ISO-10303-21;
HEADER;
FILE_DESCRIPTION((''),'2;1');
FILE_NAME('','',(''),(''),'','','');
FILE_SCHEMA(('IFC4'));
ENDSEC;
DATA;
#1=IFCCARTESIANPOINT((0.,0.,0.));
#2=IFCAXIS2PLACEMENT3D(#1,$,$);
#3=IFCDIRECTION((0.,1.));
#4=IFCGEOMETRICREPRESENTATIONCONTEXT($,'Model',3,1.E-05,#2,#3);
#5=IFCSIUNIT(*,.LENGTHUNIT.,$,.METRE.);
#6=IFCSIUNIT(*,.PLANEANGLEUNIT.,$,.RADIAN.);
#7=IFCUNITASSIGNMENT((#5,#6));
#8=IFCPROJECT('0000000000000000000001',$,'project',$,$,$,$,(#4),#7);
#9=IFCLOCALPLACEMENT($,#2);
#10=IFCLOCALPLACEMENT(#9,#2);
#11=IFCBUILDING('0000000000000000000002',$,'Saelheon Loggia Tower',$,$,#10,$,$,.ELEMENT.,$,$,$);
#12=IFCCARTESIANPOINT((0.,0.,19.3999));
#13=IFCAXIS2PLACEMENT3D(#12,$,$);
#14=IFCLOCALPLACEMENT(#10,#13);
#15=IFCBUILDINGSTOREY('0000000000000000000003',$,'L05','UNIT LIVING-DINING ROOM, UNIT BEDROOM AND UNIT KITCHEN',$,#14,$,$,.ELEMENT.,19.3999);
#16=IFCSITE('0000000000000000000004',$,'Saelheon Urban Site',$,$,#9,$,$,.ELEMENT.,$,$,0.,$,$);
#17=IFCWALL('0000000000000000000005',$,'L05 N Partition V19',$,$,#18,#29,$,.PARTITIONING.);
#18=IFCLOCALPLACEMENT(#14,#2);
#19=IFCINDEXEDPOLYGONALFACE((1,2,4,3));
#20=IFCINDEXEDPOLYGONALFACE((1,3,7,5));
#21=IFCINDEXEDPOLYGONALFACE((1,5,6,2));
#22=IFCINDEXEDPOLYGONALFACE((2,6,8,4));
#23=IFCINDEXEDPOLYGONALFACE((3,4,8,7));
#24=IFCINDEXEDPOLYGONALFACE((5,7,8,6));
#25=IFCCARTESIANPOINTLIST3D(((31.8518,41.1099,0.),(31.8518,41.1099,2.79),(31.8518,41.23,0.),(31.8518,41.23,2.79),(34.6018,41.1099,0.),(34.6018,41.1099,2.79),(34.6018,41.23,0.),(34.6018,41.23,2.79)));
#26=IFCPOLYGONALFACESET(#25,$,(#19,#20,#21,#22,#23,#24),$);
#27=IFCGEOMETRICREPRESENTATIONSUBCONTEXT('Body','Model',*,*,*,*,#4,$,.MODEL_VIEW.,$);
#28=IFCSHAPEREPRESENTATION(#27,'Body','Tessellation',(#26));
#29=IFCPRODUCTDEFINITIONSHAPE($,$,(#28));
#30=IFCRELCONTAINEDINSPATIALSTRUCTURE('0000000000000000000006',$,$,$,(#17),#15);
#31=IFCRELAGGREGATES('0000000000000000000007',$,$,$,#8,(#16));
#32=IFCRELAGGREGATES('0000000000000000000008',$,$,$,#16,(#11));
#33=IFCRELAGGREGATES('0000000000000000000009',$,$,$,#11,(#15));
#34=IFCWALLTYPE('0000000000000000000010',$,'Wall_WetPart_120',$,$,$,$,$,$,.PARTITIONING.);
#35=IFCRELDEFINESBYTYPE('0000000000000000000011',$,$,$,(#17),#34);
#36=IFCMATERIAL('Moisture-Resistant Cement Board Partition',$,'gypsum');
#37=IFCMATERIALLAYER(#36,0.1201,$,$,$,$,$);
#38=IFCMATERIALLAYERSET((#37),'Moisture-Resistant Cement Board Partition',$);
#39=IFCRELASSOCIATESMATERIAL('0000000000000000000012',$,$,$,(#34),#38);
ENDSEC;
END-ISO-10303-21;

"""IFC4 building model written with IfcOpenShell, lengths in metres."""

from ifc_helpers import new_model, si_unit, direction, frame, frame_2d, origin, place, context, subcontext, project, spatial, rectangle, extrude, material, layer, layer_set, type_object, element, save


model = new_model("IFC4")

# Units and contexts
model_context = context("Model", 3, precision=1e-05, world=origin(), true_north=direction((0.0, 1.0)))
body_context = subcontext(model_context, "Body", "Model", "MODEL_VIEW")
ifc_project = project(units=[si_unit("LENGTHUNIT", "METRE"), si_unit("PLANEANGLEUNIT", "RADIAN")], contexts=[model_context])

# Site, building, storey
site_placement = place(None, origin())
site = spatial("IfcSite", under=ifc_project, at=site_placement, Name="Saelheon Urban Site", CompositionType="ELEMENT", RefElevation=0.0)
building_placement = place(site_placement, origin())
building = spatial("IfcBuilding", under=site, at=building_placement, Name="Saelheon Loggia Tower", CompositionType="ELEMENT")
storey_placement = place(building_placement, frame((0.0, 0.0, 19.3999)))
storey = spatial("IfcBuildingStorey", under=building, at=storey_placement, Name="L05", Description="UNIT LIVING-DINING ROOM, UNIT BEDROOM AND UNIT KITCHEN", CompositionType="ELEMENT", Elevation=19.3999)

# Wall
ifc_material_1 = material(Name="Moisture-Resistant Cement Board Partition", Category="gypsum")
ifc_layer_1 = layer(ifc_material_1, 0.1201)
ifc_layer_set_1 = layer_set([ifc_layer_1], Name="Moisture-Resistant Cement Board Partition")
wall_type_1 = type_object("IfcWallType", Name="Wall_WetPart_120", PredefinedType="PARTITIONING", material=ifc_layer_set_1)
wall_1_placement = place(storey_placement, frame((31.8518, 41.1699, 0.0), z_axis=(0.0, 0.0, 1.0), x_axis=(1.0, 0.0, 0.0)))
element("IfcWall", 1, at=wall_1_placement, inside=storey, type_object=wall_type_1, Name="L05 N Partition V19", PredefinedType="PARTITIONING", context=body_context, shape_type="SweptSolid", body=[
    extrude(rectangle(XDim=2.75, YDim=0.1201, at=frame_2d((1.375, 0.0))), origin(), (0.0, 0.0, 1.0), 2.79),
])

save(model, "model.ifc")
